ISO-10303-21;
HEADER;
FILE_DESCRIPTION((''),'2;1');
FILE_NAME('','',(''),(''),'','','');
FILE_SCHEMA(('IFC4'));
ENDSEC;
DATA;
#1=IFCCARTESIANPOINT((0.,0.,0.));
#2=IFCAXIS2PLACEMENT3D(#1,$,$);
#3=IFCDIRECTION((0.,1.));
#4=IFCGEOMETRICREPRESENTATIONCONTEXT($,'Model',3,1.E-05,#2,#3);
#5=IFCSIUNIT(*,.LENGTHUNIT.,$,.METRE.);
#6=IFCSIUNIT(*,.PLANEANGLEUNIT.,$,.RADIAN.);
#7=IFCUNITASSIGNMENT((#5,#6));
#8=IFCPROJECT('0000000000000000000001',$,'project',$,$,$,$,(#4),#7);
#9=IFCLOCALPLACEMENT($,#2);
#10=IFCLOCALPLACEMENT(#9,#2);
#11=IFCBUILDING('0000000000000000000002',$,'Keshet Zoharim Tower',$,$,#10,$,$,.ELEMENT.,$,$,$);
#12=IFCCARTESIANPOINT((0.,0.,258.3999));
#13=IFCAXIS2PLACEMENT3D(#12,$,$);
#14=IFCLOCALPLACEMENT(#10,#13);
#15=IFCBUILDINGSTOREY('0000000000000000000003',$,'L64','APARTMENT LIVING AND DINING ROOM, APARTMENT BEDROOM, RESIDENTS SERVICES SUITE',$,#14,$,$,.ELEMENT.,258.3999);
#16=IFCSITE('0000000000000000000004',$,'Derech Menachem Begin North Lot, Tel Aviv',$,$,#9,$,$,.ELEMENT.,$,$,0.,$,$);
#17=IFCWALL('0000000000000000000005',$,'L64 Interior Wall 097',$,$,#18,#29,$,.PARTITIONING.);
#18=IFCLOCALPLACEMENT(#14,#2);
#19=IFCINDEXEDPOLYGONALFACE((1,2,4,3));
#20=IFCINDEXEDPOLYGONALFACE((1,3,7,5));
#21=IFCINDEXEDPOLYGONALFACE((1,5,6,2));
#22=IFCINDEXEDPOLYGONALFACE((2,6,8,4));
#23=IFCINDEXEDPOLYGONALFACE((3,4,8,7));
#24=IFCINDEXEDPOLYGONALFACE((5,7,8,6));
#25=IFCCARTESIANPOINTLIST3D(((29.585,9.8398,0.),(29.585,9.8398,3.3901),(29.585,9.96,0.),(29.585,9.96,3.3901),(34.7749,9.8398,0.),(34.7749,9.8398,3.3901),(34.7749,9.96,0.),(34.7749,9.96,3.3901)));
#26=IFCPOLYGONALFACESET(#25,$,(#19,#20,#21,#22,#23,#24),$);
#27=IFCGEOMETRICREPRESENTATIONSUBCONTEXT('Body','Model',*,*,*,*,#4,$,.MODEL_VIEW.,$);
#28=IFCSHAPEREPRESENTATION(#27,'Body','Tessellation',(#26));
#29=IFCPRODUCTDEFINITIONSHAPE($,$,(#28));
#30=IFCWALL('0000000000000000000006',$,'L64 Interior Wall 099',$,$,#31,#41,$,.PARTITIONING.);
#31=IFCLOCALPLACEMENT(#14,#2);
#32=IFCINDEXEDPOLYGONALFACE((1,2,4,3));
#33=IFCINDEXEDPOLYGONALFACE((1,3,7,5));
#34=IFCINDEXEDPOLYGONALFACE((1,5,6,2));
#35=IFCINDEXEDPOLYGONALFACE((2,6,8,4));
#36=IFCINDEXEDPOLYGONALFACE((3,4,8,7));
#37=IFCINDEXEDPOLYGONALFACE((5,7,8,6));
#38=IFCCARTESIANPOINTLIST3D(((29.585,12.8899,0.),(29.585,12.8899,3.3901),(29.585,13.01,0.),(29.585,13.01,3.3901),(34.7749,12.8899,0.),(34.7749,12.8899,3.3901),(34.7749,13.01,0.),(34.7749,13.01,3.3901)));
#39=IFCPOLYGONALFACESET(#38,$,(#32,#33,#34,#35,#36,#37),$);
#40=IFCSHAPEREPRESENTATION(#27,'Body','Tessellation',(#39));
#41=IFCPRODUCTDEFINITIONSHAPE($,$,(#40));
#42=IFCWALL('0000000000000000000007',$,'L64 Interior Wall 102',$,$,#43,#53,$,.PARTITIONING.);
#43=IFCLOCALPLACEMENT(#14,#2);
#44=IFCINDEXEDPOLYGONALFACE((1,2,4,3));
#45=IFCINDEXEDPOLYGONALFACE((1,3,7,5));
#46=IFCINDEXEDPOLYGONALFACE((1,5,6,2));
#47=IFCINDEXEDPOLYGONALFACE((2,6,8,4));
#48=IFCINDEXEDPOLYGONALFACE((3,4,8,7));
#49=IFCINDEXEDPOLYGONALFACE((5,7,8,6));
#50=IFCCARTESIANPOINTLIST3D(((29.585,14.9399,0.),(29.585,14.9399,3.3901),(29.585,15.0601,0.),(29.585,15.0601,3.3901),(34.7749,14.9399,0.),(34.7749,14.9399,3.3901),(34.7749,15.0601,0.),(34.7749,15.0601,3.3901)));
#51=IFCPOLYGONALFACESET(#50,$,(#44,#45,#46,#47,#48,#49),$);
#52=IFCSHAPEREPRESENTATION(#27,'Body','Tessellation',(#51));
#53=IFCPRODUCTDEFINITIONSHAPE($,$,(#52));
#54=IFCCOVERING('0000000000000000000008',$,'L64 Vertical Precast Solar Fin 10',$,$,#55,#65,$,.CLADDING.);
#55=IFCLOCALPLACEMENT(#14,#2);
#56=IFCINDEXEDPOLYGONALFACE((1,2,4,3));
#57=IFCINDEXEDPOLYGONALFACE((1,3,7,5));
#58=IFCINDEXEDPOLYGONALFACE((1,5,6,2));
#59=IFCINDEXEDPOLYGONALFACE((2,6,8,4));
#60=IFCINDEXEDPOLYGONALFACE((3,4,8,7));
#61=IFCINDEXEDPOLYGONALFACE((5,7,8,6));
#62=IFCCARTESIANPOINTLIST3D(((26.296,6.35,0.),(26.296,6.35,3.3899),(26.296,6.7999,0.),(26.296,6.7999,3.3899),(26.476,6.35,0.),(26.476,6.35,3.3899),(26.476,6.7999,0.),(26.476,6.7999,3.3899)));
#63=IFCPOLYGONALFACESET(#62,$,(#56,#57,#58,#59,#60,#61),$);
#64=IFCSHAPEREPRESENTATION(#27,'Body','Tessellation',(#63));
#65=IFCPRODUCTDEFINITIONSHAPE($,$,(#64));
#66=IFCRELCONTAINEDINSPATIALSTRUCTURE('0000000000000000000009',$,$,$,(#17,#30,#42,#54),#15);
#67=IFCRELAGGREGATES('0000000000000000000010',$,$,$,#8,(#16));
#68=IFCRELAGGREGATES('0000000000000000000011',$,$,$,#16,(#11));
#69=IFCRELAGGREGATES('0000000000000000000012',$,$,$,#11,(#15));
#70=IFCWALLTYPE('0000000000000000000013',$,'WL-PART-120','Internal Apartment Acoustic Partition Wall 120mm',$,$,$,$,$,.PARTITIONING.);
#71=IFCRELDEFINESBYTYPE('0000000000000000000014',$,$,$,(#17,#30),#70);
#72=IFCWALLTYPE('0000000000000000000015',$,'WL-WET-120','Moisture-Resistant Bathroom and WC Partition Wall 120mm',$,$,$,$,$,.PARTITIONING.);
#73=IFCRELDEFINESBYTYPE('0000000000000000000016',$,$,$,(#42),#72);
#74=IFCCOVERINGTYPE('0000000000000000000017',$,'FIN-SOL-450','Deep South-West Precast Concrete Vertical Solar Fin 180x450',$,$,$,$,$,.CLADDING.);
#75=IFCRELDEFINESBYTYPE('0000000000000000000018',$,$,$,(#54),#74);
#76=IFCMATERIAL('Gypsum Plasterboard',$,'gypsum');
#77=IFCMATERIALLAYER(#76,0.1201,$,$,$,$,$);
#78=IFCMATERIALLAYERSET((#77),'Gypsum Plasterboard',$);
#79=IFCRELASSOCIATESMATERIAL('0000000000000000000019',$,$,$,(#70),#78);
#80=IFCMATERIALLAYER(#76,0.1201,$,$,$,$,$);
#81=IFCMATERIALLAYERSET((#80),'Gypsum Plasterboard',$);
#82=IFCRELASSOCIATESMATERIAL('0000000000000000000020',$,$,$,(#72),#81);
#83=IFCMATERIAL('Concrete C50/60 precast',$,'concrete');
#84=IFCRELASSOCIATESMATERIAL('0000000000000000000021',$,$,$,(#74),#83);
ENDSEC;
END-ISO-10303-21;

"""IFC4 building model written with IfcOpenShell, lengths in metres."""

from ifc_helpers import new_model, si_unit, direction, frame, frame_2d, origin, origin_2d, place, context, subcontext, project, spatial, rectangle, extrude, material, layer, layer_set, type_object, element, save


model = new_model("IFC4")

# Units and contexts
model_context = context("Model", 3, precision=1e-05, world=origin(), true_north=direction((0.0, 1.0)))
body_context = subcontext(model_context, "Body", "Model", "MODEL_VIEW")
ifc_project = project(units=[si_unit("LENGTHUNIT", "METRE"), si_unit("PLANEANGLEUNIT", "RADIAN")], contexts=[model_context])

# Site, building, storey
site_placement = place(None, origin())
site = spatial("IfcSite", under=ifc_project, at=site_placement, Name="Derech Menachem Begin North Lot, Tel Aviv", CompositionType="ELEMENT", RefElevation=0.0)
building_placement = place(site_placement, origin())
building = spatial("IfcBuilding", under=site, at=building_placement, Name="Keshet Zoharim Tower", CompositionType="ELEMENT")
storey_placement = place(building_placement, frame((0.0, 0.0, 258.3999)))
storey = spatial("IfcBuildingStorey", under=building, at=storey_placement, Name="L64", Description="APARTMENT LIVING AND DINING ROOM, APARTMENT BEDROOM, RESIDENTS SERVICES SUITE", CompositionType="ELEMENT", Elevation=258.3999)

# Shared definitions
ifc_material_1 = material(Name="Gypsum Plasterboard", Category="gypsum")
ifc_layer_1 = layer(ifc_material_1, 0.1201)
ifc_layer_set_1 = layer_set([ifc_layer_1], Name="Gypsum Plasterboard")
wall_type_1 = type_object("IfcWallType", Name="WL-PART-120", Description="Internal Apartment Acoustic Partition Wall 120mm", PredefinedType="PARTITIONING", material=ifc_layer_set_1)

# Walls
for number, where, z_axis, x_axis, name in (
    (1, (29.585, 9.8999, 0.0), (0.0, 0.0, 1.0), (1.0, 0.0, 0.0), "L64 Interior Wall 097"),
    (2, (29.585, 12.95, 0.0), (0.0, 0.0, 1.0), (1.0, 0.0, 0.0), "L64 Interior Wall 099"),
):
    element("IfcWall", number, at=place(storey_placement, frame(where, z_axis=z_axis, x_axis=x_axis)), inside=storey, type_object=wall_type_1, Name=name, PredefinedType="PARTITIONING", context=body_context, shape_type="SweptSolid", body=[
        extrude(rectangle(XDim=5.1899, YDim=0.1201, at=frame_2d((2.595, 0.0))), origin(), (0.0, 0.0, 1.0), 3.3901),
    ])
ifc_layer_2 = layer(ifc_material_1, 0.1201)
ifc_layer_set_2 = layer_set([ifc_layer_2], Name="Gypsum Plasterboard")
wall_type_2 = type_object("IfcWallType", Name="WL-WET-120", Description="Moisture-Resistant Bathroom and WC Partition Wall 120mm", PredefinedType="PARTITIONING", material=ifc_layer_set_2)
wall_1_placement = place(storey_placement, frame((29.585, 15.0, 0.0), z_axis=(0.0, 0.0, 1.0), x_axis=(1.0, 0.0, 0.0)))
element("IfcWall", 3, at=wall_1_placement, inside=storey, type_object=wall_type_2, Name="L64 Interior Wall 102", PredefinedType="PARTITIONING", context=body_context, shape_type="SweptSolid", body=[
    extrude(rectangle(XDim=5.1899, YDim=0.1201, at=frame_2d((2.595, 0.0))), origin(), (0.0, 0.0, 1.0), 3.3901),
])

# Covering
ifc_material_2 = material(Name="Concrete C50/60 precast", Category="concrete")
covering_type = type_object("IfcCoveringType", Name="FIN-SOL-450", Description="Deep South-West Precast Concrete Vertical Solar Fin 180x450", PredefinedType="CLADDING", material=ifc_material_2)
covering_placement = place(storey_placement, frame((26.386, 6.575, 0.0), z_axis=(0.0, 0.0, 1.0), x_axis=(-1.0, 0.0, 0.0)))
element("IfcCovering", 4, at=covering_placement, inside=storey, type_object=covering_type, Name="L64 Vertical Precast Solar Fin 10", PredefinedType="CLADDING", context=body_context, shape_type="SweptSolid", body=[
    extrude(rectangle(XDim=0.1799, YDim=0.45, at=origin_2d()), origin(), (0.0, 0.0, 1.0), 3.3899),
])

save(model, "model.ifc")
